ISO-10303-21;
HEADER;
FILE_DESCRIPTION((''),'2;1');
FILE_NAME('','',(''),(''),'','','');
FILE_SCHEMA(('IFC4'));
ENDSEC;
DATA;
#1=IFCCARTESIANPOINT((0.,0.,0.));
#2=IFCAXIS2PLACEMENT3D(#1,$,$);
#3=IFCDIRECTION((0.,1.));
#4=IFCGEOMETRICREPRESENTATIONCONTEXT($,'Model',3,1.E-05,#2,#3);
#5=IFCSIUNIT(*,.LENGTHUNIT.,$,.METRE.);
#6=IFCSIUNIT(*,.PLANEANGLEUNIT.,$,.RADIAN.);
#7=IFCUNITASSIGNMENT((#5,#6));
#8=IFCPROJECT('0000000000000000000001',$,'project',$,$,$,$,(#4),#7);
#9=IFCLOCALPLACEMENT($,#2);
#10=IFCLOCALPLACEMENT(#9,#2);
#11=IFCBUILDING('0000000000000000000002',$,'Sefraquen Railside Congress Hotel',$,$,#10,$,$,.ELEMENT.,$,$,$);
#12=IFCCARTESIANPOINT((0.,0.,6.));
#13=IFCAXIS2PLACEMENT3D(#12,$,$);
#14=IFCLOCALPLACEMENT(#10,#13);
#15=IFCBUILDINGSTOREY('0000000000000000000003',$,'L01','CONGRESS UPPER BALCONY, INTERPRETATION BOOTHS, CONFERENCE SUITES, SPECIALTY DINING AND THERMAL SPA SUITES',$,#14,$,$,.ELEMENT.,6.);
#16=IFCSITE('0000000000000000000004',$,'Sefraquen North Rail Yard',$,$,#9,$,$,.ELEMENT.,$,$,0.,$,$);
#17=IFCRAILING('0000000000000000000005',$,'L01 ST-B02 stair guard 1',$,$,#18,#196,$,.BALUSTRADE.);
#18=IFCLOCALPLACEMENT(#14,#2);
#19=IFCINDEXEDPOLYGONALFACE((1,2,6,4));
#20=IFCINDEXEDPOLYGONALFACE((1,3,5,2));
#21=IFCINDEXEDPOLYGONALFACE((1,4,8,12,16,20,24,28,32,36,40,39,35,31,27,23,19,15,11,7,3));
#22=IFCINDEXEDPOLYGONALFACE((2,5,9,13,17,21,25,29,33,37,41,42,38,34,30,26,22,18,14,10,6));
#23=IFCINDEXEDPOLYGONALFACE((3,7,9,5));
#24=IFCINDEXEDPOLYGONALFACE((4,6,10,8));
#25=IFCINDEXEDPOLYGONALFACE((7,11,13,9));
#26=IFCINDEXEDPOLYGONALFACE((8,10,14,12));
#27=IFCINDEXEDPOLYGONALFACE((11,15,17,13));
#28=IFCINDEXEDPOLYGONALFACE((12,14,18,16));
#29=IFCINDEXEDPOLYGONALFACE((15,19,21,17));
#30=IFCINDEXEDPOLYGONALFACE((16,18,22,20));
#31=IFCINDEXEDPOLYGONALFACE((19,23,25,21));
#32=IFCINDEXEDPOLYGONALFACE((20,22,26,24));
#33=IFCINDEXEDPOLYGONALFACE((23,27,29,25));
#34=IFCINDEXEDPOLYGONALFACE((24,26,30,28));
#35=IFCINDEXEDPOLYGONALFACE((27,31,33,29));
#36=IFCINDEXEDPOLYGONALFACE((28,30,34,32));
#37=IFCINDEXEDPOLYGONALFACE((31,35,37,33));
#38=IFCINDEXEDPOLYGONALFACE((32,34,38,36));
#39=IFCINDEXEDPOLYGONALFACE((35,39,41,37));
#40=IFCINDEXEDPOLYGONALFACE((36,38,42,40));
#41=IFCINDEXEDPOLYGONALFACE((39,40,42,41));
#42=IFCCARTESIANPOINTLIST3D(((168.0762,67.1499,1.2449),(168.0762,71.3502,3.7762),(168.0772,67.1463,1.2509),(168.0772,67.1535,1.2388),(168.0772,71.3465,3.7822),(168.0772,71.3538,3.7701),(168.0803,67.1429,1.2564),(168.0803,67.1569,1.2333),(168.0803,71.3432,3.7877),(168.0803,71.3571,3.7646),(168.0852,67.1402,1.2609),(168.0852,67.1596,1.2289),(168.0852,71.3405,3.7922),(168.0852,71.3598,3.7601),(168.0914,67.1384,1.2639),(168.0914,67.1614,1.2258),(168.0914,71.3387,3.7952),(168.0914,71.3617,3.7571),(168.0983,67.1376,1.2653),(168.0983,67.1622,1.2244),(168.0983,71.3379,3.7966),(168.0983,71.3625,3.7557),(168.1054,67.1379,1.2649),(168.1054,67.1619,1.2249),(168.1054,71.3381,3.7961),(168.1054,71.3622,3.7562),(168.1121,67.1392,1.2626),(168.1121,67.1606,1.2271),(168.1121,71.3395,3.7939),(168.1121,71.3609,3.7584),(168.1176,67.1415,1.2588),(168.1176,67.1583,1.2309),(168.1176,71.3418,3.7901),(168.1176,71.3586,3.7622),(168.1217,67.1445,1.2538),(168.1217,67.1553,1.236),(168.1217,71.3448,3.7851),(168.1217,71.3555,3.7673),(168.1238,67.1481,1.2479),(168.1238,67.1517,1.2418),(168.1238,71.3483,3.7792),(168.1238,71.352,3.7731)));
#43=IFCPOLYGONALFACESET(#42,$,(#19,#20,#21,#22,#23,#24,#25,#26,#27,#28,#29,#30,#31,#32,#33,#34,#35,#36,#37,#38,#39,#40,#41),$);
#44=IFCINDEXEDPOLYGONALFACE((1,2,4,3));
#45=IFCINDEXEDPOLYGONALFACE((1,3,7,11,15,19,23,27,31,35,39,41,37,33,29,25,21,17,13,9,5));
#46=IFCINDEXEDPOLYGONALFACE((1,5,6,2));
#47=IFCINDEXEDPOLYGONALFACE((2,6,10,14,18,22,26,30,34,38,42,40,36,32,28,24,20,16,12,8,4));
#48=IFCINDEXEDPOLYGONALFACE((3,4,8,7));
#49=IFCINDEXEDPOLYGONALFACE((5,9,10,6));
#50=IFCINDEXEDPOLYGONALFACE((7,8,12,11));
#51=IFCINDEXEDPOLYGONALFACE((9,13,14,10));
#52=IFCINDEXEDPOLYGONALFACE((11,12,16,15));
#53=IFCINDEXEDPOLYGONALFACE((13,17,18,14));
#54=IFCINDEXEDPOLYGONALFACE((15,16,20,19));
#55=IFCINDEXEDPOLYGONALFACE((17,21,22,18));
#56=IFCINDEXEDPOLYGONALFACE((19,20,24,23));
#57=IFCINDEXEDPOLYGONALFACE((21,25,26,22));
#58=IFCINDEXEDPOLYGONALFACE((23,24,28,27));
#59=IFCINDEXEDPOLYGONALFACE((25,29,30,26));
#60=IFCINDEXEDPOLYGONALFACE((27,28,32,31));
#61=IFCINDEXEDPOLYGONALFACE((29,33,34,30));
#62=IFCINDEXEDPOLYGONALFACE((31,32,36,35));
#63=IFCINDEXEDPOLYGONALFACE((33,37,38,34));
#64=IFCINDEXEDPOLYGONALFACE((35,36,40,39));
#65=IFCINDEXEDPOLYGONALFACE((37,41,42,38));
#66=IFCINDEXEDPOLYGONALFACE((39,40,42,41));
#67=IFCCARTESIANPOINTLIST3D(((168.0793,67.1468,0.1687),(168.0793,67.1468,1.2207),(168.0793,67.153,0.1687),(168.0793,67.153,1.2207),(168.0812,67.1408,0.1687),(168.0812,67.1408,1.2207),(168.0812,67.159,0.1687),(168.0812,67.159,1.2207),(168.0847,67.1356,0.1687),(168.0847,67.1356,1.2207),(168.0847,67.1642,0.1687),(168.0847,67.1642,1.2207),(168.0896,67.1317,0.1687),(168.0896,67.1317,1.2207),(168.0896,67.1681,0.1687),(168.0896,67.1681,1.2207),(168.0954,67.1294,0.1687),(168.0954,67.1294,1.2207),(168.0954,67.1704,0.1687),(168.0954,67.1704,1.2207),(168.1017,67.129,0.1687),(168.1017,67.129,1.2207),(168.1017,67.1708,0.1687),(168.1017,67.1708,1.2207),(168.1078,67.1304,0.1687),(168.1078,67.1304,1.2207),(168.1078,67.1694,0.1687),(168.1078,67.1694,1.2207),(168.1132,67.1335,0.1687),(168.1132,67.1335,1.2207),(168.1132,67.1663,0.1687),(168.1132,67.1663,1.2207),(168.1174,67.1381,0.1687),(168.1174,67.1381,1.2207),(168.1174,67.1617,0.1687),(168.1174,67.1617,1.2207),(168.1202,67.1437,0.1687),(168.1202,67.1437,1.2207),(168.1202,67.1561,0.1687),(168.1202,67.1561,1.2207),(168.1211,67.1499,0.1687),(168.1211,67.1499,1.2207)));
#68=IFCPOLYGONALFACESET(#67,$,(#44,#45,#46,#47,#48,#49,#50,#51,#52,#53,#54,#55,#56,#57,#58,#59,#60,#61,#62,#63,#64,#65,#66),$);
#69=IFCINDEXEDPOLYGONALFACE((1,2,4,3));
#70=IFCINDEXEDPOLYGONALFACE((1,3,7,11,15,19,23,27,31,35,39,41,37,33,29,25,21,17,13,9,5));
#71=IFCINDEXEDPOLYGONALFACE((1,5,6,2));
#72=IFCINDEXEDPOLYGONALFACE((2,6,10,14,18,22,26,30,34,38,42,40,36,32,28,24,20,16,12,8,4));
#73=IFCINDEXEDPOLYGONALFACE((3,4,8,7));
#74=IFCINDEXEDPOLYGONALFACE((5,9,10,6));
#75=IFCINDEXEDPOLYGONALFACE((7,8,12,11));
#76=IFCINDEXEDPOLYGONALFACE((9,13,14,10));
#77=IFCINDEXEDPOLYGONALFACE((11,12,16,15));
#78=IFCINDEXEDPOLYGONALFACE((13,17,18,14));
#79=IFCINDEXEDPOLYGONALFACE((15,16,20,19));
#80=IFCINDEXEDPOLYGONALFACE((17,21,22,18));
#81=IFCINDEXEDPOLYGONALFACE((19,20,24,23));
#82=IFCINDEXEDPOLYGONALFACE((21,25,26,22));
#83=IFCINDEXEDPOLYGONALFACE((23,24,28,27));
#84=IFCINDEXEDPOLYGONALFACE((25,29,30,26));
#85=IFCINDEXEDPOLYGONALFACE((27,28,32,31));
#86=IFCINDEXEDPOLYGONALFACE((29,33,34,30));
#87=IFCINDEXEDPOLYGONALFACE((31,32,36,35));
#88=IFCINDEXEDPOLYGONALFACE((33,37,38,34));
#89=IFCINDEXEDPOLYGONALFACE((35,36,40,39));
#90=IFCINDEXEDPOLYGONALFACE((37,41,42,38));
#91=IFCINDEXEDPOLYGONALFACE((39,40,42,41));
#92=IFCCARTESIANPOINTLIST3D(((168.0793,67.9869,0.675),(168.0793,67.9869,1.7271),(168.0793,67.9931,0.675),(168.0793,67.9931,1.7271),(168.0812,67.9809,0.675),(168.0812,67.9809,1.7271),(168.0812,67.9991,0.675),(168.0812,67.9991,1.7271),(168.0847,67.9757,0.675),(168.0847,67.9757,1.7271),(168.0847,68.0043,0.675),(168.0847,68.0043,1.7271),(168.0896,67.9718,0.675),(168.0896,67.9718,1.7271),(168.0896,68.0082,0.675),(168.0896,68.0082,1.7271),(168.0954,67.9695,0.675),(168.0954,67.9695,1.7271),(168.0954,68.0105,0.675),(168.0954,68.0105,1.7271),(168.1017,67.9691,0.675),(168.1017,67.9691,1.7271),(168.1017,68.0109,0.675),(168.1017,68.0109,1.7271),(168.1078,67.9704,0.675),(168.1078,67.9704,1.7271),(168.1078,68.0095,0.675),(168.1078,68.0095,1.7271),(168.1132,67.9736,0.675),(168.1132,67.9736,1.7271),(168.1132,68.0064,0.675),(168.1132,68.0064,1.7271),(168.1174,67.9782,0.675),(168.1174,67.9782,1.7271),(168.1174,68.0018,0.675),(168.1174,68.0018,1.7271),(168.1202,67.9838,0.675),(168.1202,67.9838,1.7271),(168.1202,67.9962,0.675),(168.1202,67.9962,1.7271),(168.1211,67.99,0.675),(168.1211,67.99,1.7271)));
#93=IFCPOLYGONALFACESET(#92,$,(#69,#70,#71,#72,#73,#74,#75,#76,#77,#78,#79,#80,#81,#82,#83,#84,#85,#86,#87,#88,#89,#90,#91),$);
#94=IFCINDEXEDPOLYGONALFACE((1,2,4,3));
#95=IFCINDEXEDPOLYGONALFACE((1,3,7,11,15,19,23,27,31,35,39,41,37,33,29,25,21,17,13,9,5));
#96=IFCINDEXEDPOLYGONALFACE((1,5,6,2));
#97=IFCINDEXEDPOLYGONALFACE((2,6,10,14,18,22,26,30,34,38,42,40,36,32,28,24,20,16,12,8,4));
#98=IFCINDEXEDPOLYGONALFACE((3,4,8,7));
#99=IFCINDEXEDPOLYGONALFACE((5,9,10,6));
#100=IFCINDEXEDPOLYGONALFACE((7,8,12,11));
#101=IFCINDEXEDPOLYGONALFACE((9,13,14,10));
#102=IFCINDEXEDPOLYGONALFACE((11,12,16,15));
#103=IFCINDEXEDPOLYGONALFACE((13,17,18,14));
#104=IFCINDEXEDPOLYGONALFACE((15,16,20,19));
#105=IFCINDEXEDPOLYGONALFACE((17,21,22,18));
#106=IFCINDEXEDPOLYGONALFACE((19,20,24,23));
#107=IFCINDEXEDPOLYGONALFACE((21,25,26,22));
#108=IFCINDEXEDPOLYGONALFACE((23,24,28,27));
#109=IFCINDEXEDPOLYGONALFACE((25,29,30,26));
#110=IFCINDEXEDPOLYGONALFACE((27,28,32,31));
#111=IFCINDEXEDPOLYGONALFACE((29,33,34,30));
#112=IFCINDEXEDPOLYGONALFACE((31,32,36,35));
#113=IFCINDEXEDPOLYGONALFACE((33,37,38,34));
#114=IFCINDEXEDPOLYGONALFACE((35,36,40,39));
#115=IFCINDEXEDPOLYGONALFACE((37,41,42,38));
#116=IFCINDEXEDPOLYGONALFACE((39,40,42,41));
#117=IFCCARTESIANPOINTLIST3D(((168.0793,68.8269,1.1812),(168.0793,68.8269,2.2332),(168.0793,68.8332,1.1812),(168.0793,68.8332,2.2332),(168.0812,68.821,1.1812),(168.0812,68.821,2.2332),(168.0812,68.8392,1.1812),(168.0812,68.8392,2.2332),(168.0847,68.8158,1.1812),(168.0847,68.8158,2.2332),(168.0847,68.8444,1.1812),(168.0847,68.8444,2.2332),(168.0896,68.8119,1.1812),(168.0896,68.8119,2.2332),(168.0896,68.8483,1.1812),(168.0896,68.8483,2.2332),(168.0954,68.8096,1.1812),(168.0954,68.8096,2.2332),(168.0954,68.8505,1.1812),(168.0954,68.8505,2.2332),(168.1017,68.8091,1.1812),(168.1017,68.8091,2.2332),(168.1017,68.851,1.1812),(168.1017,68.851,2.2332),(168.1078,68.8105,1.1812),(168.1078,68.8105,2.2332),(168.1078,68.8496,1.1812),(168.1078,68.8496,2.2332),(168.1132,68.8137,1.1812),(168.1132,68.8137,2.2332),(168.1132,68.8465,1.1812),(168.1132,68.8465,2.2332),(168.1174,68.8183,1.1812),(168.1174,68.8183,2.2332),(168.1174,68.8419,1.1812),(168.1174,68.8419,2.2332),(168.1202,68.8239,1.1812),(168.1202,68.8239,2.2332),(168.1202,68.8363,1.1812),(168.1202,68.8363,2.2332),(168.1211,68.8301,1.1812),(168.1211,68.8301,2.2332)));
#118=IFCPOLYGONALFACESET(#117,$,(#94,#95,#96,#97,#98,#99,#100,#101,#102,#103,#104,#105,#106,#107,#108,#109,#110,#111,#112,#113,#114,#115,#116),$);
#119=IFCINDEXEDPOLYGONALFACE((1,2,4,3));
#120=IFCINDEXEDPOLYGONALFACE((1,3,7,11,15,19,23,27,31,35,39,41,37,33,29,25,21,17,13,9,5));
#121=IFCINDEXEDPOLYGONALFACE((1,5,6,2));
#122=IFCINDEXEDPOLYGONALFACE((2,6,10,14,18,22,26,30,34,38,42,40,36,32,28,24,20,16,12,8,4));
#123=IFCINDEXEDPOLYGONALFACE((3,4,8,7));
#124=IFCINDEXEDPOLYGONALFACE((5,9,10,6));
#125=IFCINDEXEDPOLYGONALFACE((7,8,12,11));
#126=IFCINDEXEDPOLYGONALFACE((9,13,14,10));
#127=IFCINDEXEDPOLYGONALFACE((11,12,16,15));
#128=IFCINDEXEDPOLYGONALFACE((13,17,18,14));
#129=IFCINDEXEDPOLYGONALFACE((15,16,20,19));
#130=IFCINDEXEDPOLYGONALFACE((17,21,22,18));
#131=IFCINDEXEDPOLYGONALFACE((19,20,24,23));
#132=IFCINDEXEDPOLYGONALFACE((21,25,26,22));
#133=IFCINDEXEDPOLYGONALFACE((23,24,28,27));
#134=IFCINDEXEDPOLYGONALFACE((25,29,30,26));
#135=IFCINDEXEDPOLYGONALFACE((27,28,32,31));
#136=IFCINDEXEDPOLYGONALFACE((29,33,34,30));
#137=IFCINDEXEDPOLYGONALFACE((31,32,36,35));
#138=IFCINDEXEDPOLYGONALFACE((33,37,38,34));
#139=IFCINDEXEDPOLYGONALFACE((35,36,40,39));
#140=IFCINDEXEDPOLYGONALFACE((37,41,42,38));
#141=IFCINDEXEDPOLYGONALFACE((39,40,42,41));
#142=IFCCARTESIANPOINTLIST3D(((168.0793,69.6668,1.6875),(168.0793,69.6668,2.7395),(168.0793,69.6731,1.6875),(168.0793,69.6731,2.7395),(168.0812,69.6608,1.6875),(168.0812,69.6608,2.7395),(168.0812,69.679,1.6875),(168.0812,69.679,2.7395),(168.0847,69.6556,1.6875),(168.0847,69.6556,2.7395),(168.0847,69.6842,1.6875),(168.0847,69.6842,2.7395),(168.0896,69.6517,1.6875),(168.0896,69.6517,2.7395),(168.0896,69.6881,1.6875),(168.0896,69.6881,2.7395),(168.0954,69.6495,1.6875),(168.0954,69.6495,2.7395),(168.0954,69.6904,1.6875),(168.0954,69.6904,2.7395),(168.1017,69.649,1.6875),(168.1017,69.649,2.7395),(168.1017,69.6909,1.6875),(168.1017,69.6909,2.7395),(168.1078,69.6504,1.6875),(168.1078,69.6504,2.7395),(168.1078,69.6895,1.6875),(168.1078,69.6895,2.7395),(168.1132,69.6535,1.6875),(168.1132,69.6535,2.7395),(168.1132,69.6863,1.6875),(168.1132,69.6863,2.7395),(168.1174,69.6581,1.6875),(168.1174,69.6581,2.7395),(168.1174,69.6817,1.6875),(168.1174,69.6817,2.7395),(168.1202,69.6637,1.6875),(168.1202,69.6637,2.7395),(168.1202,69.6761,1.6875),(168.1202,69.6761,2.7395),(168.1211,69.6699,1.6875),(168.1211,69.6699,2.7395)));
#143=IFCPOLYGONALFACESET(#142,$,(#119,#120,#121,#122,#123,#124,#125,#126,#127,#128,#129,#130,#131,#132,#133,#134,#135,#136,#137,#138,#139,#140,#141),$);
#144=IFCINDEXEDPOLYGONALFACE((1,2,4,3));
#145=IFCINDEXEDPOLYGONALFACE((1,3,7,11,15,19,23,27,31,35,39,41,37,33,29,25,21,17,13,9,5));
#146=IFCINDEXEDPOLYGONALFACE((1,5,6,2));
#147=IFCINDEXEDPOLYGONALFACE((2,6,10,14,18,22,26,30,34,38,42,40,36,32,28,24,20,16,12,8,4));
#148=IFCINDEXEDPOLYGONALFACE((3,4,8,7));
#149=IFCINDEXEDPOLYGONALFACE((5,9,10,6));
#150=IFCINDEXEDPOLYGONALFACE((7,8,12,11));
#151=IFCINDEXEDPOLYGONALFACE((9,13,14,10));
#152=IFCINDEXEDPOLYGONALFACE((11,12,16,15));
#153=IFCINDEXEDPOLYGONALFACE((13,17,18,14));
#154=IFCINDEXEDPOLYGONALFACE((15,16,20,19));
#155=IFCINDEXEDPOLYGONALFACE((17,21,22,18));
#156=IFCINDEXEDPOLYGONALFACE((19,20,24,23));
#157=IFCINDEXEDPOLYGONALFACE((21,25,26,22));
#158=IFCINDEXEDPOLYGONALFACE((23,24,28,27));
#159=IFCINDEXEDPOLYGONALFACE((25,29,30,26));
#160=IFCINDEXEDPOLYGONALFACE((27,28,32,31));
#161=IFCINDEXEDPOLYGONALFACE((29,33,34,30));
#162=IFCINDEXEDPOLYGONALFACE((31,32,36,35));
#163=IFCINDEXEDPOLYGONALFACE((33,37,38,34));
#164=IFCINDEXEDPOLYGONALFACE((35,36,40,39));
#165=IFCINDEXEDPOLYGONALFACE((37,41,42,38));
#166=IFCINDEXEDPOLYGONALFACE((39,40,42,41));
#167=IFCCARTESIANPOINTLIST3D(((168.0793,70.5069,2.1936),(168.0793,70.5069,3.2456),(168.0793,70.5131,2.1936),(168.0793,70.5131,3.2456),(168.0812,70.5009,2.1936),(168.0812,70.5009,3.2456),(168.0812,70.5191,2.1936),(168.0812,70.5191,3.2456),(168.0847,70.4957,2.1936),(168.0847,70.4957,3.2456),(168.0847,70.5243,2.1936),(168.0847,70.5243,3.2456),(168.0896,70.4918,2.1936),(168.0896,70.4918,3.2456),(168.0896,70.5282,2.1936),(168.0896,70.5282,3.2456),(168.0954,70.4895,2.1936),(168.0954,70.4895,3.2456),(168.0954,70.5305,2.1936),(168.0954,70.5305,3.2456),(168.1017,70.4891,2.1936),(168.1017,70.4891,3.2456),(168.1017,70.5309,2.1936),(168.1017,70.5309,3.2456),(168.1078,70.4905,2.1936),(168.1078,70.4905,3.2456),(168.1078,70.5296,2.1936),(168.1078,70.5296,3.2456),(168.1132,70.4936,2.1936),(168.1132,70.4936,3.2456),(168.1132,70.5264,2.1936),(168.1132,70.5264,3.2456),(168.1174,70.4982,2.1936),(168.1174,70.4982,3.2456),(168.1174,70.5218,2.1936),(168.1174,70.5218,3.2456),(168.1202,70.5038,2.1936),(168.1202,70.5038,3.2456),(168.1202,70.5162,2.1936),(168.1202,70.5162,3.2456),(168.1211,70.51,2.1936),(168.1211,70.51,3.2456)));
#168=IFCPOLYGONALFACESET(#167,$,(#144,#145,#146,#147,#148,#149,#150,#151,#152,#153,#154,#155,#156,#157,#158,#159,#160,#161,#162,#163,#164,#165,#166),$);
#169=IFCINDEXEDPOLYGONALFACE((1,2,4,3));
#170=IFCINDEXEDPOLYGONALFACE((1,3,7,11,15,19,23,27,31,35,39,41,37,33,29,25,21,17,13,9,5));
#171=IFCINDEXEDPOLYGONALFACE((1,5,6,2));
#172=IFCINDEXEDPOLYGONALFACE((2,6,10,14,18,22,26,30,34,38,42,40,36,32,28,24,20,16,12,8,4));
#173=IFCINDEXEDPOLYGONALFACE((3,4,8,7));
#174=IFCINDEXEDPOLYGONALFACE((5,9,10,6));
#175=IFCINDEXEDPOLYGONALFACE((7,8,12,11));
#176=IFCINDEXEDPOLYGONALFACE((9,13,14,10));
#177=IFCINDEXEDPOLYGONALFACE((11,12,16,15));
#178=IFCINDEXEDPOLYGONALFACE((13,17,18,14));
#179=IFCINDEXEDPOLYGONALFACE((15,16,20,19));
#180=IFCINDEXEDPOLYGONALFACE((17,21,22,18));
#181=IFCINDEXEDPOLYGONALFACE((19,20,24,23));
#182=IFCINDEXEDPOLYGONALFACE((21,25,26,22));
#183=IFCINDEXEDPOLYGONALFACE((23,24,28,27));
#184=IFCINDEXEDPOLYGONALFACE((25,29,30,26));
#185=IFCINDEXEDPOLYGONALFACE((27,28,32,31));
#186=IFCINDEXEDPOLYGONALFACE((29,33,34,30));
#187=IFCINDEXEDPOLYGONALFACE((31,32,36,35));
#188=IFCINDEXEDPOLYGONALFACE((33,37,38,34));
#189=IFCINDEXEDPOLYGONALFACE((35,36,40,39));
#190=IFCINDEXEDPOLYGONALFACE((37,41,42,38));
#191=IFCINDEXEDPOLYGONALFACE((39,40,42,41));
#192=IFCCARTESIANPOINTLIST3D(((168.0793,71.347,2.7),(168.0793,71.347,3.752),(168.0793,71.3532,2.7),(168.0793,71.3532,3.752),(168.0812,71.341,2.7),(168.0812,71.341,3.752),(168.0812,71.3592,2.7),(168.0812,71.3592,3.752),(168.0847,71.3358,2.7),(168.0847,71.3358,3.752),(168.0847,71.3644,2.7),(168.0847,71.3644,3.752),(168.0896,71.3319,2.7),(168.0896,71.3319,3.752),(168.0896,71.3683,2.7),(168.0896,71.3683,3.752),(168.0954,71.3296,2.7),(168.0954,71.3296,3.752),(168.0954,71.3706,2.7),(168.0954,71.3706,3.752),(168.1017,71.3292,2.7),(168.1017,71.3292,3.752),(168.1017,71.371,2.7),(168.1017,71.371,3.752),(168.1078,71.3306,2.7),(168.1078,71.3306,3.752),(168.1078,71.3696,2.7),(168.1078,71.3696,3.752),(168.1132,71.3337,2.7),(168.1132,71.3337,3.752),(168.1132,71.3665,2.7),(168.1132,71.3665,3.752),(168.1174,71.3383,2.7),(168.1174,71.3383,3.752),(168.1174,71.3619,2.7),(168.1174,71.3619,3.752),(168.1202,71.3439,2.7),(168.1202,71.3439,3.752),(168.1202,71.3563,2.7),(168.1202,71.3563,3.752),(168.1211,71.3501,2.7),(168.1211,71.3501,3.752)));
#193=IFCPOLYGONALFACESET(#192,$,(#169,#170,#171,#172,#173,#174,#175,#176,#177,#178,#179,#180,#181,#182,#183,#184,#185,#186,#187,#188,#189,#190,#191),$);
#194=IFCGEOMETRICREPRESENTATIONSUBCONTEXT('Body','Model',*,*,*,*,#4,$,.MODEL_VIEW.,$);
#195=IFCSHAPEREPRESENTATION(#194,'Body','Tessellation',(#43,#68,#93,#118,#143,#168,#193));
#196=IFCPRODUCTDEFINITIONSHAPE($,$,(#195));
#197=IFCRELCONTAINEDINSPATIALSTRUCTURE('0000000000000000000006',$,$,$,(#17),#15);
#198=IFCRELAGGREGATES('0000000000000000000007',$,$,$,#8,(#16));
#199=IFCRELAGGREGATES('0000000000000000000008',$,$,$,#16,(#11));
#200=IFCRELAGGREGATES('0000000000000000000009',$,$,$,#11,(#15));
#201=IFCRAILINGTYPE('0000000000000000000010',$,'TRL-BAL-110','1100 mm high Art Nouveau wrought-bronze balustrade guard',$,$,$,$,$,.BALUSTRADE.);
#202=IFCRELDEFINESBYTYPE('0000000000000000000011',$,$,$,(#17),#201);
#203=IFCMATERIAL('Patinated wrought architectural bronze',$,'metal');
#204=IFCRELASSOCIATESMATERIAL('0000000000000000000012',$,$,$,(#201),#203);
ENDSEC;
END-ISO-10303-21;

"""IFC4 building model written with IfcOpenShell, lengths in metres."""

from ifc_helpers import new_model, si_unit, direction, frame, origin, origin_2d, place, context, subcontext, project, spatial, circle, extrude, material, type_object, element, save


model = new_model("IFC4")

# Units and contexts
model_context = context("Model", 3, precision=1e-05, world=origin(), true_north=direction((0.0, 1.0)))
body_context = subcontext(model_context, "Body", "Model", "MODEL_VIEW")
ifc_project = project(units=[si_unit("LENGTHUNIT", "METRE"), si_unit("PLANEANGLEUNIT", "RADIAN")], contexts=[model_context])

# Site, building, storey
site_placement = place(None, origin())
site = spatial("IfcSite", under=ifc_project, at=site_placement, Name="Sefraquen North Rail Yard", CompositionType="ELEMENT", RefElevation=0.0)
building_placement = place(site_placement, origin())
building = spatial("IfcBuilding", under=site, at=building_placement, Name="Sefraquen Railside Congress Hotel", CompositionType="ELEMENT")
storey_placement = place(building_placement, frame((0.0, 0.0, 6.0)))
storey = spatial("IfcBuildingStorey", under=building, at=storey_placement, Name="L01", Description="CONGRESS UPPER BALCONY, INTERPRETATION BOOTHS, CONFERENCE SUITES, SPECIALTY DINING AND THERMAL SPA SUITES", CompositionType="ELEMENT", Elevation=6.0)

# Railing
ifc_material_1 = material(Name="Patinated wrought architectural bronze", Category="metal")
railing_type_1 = type_object("IfcRailingType", Name="TRL-BAL-110", Description="1100 mm high Art Nouveau wrought-bronze balustrade guard", PredefinedType="BALUSTRADE", material=ifc_material_1)
railing_1_placement = place(storey_placement, frame((168.1001, 67.1499, 0.1687)))
element("IfcRailing", 1, at=railing_1_placement, inside=storey, type_object=railing_type_1, Name="L01 ST-B02 stair guard 1", PredefinedType="BALUSTRADE", context=body_context, shape_type="SweptSolid", body=[
    extrude(circle(Radius=0.0239, at=origin_2d()), frame((0.0, 0.0, 1.0762), z_axis=(0.0, 0.85649, 0.516164), x_axis=(-1.0, 0.0, 0.0)), (0.0, 0.0, 1.0), 4.9041),
    extrude(circle(Radius=0.021, at=origin_2d()), origin(), (0.0, 0.0, 1.0), 1.052),
    extrude(circle(Radius=0.021, at=origin_2d()), frame((0.0, 0.8401, 0.5063)), (0.0, 0.0, 1.0), 1.052),
    extrude(circle(Radius=0.021, at=origin_2d()), frame((0.0, 1.6802, 1.0125)), (0.0, 0.0, 1.0), 1.052),
    extrude(circle(Radius=0.021, at=origin_2d()), frame((0.0, 2.52, 1.5188)), (0.0, 0.0, 1.0), 1.052),
    extrude(circle(Radius=0.021, at=origin_2d()), frame((0.0, 3.3601, 2.0249)), (0.0, 0.0, 1.0), 1.052),
    extrude(circle(Radius=0.021, at=origin_2d()), frame((0.0, 4.2002, 2.5312)), (0.0, 0.0, 1.0), 1.052),
])

save(model, "model.ifc")
